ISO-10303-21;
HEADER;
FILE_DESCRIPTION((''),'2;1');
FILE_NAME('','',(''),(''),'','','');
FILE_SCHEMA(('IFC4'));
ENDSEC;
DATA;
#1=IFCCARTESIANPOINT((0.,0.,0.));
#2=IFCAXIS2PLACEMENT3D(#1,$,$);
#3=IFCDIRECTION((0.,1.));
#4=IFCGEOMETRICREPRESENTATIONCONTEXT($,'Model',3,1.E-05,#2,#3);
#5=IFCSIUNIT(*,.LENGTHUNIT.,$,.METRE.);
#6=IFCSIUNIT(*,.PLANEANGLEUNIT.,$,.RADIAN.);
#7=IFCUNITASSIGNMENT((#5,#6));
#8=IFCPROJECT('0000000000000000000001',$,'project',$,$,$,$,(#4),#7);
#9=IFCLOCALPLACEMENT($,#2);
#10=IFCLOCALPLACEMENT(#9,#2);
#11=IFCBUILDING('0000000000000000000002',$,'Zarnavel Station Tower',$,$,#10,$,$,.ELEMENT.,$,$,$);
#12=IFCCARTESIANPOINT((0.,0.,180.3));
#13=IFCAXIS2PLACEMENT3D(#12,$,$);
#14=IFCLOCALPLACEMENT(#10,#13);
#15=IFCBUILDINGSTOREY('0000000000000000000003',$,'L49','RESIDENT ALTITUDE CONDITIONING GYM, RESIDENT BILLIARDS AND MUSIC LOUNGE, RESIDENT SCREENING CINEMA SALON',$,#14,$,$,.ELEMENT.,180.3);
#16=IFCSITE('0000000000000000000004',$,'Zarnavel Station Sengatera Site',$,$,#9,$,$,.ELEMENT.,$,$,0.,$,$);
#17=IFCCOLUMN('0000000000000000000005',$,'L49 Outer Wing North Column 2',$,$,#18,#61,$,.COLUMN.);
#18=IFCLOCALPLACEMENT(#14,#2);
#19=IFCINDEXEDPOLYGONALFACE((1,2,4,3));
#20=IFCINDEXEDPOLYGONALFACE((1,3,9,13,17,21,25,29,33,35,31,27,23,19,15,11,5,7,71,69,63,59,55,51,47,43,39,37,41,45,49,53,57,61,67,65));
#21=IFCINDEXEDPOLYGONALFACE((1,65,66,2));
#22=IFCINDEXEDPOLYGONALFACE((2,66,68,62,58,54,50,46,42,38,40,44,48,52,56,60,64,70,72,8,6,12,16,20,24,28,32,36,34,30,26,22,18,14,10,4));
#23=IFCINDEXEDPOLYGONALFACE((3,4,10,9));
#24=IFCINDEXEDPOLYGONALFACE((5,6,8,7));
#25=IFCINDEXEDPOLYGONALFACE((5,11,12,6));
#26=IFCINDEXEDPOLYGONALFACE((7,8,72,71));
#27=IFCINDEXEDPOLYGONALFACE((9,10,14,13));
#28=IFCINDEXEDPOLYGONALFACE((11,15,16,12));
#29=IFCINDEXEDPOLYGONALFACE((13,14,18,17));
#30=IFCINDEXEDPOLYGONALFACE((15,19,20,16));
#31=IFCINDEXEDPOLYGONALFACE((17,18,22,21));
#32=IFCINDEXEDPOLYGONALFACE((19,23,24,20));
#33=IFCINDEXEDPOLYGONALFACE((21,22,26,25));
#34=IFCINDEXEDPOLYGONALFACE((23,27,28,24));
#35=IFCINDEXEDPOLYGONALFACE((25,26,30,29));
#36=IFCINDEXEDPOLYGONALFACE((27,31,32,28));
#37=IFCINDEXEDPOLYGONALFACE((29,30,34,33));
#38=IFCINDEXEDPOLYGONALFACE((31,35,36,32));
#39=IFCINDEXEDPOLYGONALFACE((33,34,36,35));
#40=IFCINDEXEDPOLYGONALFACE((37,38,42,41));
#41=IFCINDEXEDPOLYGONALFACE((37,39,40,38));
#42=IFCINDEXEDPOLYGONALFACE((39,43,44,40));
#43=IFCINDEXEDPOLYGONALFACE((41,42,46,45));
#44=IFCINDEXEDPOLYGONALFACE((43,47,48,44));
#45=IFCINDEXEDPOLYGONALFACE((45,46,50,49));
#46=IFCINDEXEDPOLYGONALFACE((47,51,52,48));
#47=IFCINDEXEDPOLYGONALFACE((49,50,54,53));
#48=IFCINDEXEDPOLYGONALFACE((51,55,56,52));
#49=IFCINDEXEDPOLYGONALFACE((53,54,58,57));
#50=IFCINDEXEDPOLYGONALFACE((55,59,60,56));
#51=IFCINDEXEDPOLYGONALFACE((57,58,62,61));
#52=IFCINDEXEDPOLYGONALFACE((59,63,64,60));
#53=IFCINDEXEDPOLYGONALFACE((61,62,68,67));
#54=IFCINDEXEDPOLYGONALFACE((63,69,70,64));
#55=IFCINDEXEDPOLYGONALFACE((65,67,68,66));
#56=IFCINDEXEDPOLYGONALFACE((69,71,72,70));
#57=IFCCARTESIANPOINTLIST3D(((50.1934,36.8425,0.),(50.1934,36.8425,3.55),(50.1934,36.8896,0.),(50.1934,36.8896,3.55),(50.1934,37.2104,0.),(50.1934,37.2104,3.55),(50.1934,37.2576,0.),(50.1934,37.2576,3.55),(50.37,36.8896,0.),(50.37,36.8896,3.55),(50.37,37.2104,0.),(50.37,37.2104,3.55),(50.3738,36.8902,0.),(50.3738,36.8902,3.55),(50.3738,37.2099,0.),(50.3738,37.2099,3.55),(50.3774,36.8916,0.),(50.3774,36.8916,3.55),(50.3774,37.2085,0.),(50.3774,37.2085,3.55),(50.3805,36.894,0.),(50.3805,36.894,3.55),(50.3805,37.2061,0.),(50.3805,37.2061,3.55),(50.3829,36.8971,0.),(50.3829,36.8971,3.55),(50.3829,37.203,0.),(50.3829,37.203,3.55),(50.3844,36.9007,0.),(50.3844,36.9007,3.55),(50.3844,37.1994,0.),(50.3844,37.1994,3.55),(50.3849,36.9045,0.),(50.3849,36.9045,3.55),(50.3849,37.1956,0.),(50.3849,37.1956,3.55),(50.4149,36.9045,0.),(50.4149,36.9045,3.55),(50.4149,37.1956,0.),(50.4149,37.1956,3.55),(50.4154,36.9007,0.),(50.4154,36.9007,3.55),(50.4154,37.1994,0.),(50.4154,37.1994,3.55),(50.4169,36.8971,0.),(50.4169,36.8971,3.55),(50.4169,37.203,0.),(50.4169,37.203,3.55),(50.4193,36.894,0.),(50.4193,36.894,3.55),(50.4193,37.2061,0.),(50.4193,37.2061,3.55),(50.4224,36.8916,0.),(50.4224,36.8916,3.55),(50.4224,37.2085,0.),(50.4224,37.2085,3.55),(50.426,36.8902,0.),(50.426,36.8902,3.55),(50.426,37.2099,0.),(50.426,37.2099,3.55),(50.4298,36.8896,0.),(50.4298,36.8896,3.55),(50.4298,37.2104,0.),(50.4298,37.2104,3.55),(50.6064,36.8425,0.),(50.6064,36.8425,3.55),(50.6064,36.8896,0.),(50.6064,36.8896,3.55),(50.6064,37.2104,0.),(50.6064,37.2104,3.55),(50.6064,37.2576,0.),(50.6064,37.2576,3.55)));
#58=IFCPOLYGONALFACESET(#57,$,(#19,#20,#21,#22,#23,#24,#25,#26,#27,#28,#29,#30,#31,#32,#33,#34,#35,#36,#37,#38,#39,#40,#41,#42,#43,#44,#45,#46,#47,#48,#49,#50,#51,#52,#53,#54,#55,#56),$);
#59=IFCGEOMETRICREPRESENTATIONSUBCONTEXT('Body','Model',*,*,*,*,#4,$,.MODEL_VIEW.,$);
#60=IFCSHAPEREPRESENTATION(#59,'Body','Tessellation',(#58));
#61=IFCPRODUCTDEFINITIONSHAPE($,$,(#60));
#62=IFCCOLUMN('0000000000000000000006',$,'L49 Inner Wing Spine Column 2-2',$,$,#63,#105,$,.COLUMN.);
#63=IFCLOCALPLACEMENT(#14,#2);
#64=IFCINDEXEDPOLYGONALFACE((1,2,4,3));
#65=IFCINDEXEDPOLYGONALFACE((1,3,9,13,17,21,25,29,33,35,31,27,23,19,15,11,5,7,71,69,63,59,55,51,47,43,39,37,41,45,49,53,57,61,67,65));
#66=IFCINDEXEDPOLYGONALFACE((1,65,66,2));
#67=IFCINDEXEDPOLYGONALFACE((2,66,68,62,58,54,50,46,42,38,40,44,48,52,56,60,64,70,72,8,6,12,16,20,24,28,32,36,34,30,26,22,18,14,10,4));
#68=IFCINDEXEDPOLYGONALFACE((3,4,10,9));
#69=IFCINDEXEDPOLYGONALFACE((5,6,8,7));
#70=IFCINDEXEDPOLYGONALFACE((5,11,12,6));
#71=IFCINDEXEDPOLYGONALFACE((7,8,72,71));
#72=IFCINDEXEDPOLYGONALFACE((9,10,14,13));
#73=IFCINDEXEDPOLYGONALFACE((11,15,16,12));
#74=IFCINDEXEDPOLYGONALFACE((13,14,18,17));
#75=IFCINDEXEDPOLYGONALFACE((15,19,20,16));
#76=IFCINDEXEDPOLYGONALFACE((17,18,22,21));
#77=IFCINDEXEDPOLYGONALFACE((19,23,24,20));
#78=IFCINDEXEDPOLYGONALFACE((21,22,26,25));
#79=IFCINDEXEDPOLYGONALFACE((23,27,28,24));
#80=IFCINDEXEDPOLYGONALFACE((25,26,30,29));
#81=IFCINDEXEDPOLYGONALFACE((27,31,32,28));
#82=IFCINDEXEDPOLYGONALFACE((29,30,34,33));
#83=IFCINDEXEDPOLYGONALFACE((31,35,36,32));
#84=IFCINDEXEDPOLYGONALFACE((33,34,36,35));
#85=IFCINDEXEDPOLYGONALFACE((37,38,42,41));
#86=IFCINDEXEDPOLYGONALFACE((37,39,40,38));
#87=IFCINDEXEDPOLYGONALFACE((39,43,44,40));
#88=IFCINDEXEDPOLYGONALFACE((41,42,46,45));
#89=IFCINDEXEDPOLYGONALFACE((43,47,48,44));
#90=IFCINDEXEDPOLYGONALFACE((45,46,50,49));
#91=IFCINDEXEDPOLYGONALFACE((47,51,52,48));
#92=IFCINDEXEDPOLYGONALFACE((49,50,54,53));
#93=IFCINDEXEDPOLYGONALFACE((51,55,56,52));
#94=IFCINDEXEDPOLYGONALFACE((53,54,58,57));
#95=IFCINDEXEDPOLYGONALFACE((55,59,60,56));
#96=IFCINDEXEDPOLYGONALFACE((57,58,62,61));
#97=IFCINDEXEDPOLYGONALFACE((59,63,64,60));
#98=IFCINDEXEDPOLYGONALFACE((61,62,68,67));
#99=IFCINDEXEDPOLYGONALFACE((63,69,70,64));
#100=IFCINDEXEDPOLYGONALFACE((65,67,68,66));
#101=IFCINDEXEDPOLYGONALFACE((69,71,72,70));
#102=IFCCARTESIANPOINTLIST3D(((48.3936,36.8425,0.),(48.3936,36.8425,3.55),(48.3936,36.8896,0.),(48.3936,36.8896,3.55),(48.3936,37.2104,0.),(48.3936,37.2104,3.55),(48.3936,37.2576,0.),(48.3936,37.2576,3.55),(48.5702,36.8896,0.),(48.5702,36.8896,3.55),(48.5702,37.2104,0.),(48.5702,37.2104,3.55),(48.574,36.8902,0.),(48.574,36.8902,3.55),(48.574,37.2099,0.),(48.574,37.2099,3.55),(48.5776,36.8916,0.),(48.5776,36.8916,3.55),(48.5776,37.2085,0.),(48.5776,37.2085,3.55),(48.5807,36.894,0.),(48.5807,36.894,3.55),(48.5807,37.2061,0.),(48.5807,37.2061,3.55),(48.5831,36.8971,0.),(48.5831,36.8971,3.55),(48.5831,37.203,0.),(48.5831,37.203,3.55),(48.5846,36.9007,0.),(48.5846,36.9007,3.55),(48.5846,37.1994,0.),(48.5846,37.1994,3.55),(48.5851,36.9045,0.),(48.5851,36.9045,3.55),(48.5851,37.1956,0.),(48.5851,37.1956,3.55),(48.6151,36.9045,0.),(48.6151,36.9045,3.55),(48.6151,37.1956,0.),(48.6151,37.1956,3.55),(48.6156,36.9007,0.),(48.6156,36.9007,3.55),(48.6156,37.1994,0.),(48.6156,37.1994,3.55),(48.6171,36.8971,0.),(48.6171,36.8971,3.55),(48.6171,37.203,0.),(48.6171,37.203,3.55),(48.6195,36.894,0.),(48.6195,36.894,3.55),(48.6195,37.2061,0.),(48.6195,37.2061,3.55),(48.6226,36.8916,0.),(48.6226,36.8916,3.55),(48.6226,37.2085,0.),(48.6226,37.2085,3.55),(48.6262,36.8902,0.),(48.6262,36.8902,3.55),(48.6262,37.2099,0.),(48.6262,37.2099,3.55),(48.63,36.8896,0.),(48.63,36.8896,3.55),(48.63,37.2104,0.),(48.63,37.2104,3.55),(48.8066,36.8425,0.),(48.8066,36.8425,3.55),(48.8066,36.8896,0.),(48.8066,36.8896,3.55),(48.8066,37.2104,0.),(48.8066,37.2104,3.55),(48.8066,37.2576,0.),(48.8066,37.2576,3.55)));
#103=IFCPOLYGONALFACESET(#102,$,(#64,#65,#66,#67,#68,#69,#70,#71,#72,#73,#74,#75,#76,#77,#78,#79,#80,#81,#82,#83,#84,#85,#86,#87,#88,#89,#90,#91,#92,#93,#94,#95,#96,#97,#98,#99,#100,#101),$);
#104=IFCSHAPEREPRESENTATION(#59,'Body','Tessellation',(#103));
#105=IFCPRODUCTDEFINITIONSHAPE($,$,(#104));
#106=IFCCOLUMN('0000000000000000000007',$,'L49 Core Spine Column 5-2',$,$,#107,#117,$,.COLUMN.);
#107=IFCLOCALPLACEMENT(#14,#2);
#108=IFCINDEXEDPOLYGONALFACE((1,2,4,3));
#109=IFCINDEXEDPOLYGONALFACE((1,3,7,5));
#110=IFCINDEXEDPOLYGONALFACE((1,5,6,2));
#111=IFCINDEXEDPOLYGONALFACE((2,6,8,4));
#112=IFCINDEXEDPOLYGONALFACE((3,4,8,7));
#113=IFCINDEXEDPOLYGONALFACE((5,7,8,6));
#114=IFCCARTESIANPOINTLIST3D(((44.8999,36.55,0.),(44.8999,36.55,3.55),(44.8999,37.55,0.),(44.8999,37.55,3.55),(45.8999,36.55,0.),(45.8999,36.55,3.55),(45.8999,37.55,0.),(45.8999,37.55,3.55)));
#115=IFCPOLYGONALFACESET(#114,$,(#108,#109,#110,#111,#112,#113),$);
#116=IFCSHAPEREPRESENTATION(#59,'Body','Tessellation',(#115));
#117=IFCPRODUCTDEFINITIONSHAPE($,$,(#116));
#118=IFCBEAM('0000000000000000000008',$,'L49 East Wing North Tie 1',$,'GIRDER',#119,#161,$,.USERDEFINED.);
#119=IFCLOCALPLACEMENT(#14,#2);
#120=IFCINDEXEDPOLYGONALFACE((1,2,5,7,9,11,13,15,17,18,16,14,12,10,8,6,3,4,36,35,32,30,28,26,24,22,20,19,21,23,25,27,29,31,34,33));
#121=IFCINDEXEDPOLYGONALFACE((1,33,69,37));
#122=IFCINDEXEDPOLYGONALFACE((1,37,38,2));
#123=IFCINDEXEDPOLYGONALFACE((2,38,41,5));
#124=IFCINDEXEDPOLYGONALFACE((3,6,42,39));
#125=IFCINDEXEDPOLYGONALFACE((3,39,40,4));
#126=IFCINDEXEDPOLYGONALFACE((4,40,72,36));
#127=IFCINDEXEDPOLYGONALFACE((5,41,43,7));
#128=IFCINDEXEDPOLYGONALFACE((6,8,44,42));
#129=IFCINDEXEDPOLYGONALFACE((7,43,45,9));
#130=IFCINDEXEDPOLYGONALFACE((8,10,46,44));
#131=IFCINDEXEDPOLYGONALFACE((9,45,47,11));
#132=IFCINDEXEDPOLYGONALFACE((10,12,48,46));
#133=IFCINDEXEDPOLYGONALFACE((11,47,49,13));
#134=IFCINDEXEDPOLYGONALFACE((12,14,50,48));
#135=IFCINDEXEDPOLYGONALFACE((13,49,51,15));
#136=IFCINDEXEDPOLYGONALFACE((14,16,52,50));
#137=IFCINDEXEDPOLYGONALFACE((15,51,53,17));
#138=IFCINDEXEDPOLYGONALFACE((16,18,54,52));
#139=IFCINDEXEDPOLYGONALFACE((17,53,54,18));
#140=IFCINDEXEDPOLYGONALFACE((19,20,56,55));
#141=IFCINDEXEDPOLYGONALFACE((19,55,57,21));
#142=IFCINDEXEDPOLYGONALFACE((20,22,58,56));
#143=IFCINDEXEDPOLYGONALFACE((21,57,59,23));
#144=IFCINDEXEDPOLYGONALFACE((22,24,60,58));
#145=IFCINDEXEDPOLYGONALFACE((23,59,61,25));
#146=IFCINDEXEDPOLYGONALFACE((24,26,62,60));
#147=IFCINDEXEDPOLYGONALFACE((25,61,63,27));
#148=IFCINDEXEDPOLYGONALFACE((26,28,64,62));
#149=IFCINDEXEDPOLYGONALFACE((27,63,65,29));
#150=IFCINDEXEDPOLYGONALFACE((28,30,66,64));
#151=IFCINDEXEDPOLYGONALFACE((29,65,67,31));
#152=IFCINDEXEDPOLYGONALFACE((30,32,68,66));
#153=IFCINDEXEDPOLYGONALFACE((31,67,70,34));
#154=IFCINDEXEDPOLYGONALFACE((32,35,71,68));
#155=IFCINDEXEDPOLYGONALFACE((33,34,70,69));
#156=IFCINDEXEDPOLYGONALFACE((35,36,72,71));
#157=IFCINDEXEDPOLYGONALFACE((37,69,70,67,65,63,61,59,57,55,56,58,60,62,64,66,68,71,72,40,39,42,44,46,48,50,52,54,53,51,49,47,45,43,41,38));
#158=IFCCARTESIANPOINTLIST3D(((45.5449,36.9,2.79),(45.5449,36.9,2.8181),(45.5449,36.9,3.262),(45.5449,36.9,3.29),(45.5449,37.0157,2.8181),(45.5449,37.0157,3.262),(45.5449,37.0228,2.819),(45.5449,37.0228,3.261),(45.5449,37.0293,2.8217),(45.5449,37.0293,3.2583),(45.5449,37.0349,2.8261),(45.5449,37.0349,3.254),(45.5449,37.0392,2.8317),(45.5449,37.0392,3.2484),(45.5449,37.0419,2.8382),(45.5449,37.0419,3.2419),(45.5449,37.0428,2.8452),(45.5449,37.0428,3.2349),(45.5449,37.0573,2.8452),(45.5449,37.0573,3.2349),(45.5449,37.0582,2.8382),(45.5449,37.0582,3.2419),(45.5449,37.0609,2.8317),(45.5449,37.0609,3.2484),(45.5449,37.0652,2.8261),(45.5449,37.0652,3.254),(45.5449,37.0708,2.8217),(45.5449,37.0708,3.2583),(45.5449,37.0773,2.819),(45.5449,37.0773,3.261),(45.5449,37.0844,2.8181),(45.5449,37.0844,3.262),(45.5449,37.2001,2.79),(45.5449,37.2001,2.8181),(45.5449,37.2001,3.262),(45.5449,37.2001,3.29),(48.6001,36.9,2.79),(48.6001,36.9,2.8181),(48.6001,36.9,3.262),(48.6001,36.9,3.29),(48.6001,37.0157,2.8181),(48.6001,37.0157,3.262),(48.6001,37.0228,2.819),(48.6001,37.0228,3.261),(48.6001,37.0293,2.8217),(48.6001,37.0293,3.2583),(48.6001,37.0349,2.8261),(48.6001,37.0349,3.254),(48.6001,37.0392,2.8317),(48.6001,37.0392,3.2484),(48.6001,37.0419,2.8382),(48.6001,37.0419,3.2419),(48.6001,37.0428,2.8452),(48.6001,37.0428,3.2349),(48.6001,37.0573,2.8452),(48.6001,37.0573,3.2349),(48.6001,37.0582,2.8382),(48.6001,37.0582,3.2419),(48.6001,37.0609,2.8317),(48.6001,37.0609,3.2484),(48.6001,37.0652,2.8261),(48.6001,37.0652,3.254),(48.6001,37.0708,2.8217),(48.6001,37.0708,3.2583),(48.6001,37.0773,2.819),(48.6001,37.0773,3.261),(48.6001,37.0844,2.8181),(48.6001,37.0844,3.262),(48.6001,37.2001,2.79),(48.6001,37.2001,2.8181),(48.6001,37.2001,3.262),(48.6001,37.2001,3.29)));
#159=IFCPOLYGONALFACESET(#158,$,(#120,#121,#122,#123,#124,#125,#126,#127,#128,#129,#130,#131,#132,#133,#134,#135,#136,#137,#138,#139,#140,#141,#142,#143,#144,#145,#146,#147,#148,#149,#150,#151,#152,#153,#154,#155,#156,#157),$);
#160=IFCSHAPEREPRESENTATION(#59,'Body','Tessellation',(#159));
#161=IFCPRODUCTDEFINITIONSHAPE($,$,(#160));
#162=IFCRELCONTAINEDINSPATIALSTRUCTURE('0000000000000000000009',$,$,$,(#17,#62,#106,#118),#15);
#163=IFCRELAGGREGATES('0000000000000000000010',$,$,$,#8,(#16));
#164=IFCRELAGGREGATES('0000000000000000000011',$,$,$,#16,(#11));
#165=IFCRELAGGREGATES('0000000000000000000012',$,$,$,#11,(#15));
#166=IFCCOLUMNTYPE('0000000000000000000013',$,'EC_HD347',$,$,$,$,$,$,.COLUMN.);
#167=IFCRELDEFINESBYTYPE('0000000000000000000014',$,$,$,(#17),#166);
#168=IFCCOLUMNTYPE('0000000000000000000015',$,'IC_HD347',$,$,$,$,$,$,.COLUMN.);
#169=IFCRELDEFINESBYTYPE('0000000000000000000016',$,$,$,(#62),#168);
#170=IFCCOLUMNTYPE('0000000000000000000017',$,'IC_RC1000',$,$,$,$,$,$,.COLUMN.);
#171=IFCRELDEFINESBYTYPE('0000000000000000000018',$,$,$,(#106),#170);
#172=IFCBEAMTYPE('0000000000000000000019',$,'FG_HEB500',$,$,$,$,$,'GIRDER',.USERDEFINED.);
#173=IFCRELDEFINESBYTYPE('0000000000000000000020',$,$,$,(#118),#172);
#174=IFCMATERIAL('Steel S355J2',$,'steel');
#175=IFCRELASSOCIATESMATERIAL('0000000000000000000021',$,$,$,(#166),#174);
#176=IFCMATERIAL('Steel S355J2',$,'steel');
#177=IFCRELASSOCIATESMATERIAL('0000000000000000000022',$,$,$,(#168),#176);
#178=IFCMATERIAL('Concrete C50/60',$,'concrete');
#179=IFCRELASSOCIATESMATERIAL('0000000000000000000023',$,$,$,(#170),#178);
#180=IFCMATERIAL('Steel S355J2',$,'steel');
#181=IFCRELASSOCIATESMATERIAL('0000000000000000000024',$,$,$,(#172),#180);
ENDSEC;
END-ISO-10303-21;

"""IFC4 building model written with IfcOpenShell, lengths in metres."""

from ifc_helpers import new_model, si_unit, direction, frame, origin, origin_2d, place, context, subcontext, project, spatial, rectangle, i_section, extrude, material, material_profile, profile_set, type_object, element, save


model = new_model("IFC4")

# Units and contexts
model_context = context("Model", 3, precision=1e-05, world=origin(), true_north=direction((0.0, 1.0)))
body_context = subcontext(model_context, "Body", "Model", "MODEL_VIEW")
ifc_project = project(units=[si_unit("LENGTHUNIT", "METRE"), si_unit("PLANEANGLEUNIT", "RADIAN")], contexts=[model_context])

# Site, building, storey
site_placement = place(None, origin())
site = spatial("IfcSite", under=ifc_project, at=site_placement, Name="Zarnavel Station Sengatera Site", CompositionType="ELEMENT", RefElevation=0.0)
building_placement = place(site_placement, origin())
building = spatial("IfcBuilding", under=site, at=building_placement, Name="Zarnavel Station Tower", CompositionType="ELEMENT")
storey_placement = place(building_placement, frame((0.0, 0.0, 180.3)))
storey = spatial("IfcBuildingStorey", under=building, at=storey_placement, Name="L49", Description="RESIDENT ALTITUDE CONDITIONING GYM, RESIDENT BILLIARDS AND MUSIC LOUNGE, RESIDENT SCREENING CINEMA SALON", CompositionType="ELEMENT", Elevation=180.3)

# Columns
ifc_material_1 = material(Name="Steel S355J2", Category="steel")
ifc_material_profile_1 = material_profile(ifc_material_1, i_section(OverallWidth=0.4131, OverallDepth=0.415, WebThickness=0.03, FlangeThickness=0.0471, FilletRadius=0.0149, at=origin_2d()), Name="HD400x347")
ifc_profile_set_1 = profile_set([ifc_material_profile_1], Name="Steel S355J2")
column_type_1 = type_object("IfcColumnType", Name="EC_HD347", PredefinedType="COLUMN", material=ifc_profile_set_1)
column_1_placement = place(storey_placement, frame((50.3999, 37.05, 0.0), z_axis=(0.0, 0.0, 1.0), x_axis=(1.0, 0.0, 0.0)))
element("IfcColumn", 1, at=column_1_placement, inside=storey, type_object=column_type_1, Name="L49 Outer Wing North Column 2", PredefinedType="COLUMN", context=body_context, shape_type="SweptSolid", body=[
    extrude(i_section(OverallWidth=0.4131, OverallDepth=0.415, WebThickness=0.03, FlangeThickness=0.0471, FilletRadius=0.0149, at=origin_2d()), origin(), (0.0, 0.0, 1.0), 3.55),
])
ifc_material_2 = material(Name="Steel S355J2", Category="steel")
ifc_material_profile_2 = material_profile(ifc_material_2, i_section(OverallWidth=0.4131, OverallDepth=0.415, WebThickness=0.03, FlangeThickness=0.0471, FilletRadius=0.0149, at=origin_2d()), Name="HD400x347")
ifc_profile_set_2 = profile_set([ifc_material_profile_2], Name="Steel S355J2")
column_type_2 = type_object("IfcColumnType", Name="IC_HD347", PredefinedType="COLUMN", material=ifc_profile_set_2)
column_2_placement = place(storey_placement, frame((48.6001, 37.05, 0.0), z_axis=(0.0, 0.0, 1.0), x_axis=(1.0, 0.0, 0.0)))
element("IfcColumn", 2, at=column_2_placement, inside=storey, type_object=column_type_2, Name="L49 Inner Wing Spine Column 2-2", PredefinedType="COLUMN", context=body_context, shape_type="SweptSolid", body=[
    extrude(i_section(OverallWidth=0.4131, OverallDepth=0.415, WebThickness=0.03, FlangeThickness=0.0471, FilletRadius=0.0149, at=origin_2d()), origin(), (0.0, 0.0, 1.0), 3.55),
])
ifc_material_3 = material(Name="Concrete C50/60", Category="concrete")
ifc_material_profile_3 = material_profile(ifc_material_3, rectangle(XDim=1.0, YDim=1.0, at=origin_2d()), Name="RC1000x1000")
ifc_profile_set_3 = profile_set([ifc_material_profile_3], Name="Concrete C50/60")
column_type_3 = type_object("IfcColumnType", Name="IC_RC1000", PredefinedType="COLUMN", material=ifc_profile_set_3)
column_3_placement = place(storey_placement, frame((45.3999, 37.05, 0.0), z_axis=(0.0, 0.0, 1.0), x_axis=(1.0, 0.0, 0.0)))
element("IfcColumn", 3, at=column_3_placement, inside=storey, type_object=column_type_3, Name="L49 Core Spine Column 5-2", PredefinedType="COLUMN", context=body_context, shape_type="SweptSolid", body=[
    extrude(rectangle(XDim=1.0, YDim=1.0, at=origin_2d()), origin(), (0.0, 0.0, 1.0), 3.55),
])

# Beam
ifc_material_4 = material(Name="Steel S355J2", Category="steel")
ifc_material_profile_4 = material_profile(ifc_material_4, i_section(OverallWidth=0.3, OverallDepth=0.5, WebThickness=0.0144, FlangeThickness=0.0281, FilletRadius=0.0271, at=origin_2d()), Name="HEB500")
ifc_profile_set_4 = profile_set([ifc_material_profile_4], Name="Steel S355J2")
beam_type = type_object("IfcBeamType", Name="FG_HEB500", ElementType="GIRDER", PredefinedType="USERDEFINED", material=ifc_profile_set_4)
beam_1_placement = place(storey_placement, frame((45.5449, 37.05, 3.04), z_axis=(1.0, 0.0, 0.0), x_axis=(0.0, 1.0, 0.0)))
element("IfcBeam", 4, at=beam_1_placement, inside=storey, type_object=beam_type, Name="L49 East Wing North Tie 1", ObjectType="GIRDER", PredefinedType="USERDEFINED", context=body_context, shape_type="SweptSolid", body=[
    extrude(i_section(OverallWidth=0.3, OverallDepth=0.5, WebThickness=0.0144, FlangeThickness=0.0281, FilletRadius=0.0271, at=origin_2d()), origin(), (0.0, 0.0, 1.0), 3.0552),
])

save(model, "model.ifc")
